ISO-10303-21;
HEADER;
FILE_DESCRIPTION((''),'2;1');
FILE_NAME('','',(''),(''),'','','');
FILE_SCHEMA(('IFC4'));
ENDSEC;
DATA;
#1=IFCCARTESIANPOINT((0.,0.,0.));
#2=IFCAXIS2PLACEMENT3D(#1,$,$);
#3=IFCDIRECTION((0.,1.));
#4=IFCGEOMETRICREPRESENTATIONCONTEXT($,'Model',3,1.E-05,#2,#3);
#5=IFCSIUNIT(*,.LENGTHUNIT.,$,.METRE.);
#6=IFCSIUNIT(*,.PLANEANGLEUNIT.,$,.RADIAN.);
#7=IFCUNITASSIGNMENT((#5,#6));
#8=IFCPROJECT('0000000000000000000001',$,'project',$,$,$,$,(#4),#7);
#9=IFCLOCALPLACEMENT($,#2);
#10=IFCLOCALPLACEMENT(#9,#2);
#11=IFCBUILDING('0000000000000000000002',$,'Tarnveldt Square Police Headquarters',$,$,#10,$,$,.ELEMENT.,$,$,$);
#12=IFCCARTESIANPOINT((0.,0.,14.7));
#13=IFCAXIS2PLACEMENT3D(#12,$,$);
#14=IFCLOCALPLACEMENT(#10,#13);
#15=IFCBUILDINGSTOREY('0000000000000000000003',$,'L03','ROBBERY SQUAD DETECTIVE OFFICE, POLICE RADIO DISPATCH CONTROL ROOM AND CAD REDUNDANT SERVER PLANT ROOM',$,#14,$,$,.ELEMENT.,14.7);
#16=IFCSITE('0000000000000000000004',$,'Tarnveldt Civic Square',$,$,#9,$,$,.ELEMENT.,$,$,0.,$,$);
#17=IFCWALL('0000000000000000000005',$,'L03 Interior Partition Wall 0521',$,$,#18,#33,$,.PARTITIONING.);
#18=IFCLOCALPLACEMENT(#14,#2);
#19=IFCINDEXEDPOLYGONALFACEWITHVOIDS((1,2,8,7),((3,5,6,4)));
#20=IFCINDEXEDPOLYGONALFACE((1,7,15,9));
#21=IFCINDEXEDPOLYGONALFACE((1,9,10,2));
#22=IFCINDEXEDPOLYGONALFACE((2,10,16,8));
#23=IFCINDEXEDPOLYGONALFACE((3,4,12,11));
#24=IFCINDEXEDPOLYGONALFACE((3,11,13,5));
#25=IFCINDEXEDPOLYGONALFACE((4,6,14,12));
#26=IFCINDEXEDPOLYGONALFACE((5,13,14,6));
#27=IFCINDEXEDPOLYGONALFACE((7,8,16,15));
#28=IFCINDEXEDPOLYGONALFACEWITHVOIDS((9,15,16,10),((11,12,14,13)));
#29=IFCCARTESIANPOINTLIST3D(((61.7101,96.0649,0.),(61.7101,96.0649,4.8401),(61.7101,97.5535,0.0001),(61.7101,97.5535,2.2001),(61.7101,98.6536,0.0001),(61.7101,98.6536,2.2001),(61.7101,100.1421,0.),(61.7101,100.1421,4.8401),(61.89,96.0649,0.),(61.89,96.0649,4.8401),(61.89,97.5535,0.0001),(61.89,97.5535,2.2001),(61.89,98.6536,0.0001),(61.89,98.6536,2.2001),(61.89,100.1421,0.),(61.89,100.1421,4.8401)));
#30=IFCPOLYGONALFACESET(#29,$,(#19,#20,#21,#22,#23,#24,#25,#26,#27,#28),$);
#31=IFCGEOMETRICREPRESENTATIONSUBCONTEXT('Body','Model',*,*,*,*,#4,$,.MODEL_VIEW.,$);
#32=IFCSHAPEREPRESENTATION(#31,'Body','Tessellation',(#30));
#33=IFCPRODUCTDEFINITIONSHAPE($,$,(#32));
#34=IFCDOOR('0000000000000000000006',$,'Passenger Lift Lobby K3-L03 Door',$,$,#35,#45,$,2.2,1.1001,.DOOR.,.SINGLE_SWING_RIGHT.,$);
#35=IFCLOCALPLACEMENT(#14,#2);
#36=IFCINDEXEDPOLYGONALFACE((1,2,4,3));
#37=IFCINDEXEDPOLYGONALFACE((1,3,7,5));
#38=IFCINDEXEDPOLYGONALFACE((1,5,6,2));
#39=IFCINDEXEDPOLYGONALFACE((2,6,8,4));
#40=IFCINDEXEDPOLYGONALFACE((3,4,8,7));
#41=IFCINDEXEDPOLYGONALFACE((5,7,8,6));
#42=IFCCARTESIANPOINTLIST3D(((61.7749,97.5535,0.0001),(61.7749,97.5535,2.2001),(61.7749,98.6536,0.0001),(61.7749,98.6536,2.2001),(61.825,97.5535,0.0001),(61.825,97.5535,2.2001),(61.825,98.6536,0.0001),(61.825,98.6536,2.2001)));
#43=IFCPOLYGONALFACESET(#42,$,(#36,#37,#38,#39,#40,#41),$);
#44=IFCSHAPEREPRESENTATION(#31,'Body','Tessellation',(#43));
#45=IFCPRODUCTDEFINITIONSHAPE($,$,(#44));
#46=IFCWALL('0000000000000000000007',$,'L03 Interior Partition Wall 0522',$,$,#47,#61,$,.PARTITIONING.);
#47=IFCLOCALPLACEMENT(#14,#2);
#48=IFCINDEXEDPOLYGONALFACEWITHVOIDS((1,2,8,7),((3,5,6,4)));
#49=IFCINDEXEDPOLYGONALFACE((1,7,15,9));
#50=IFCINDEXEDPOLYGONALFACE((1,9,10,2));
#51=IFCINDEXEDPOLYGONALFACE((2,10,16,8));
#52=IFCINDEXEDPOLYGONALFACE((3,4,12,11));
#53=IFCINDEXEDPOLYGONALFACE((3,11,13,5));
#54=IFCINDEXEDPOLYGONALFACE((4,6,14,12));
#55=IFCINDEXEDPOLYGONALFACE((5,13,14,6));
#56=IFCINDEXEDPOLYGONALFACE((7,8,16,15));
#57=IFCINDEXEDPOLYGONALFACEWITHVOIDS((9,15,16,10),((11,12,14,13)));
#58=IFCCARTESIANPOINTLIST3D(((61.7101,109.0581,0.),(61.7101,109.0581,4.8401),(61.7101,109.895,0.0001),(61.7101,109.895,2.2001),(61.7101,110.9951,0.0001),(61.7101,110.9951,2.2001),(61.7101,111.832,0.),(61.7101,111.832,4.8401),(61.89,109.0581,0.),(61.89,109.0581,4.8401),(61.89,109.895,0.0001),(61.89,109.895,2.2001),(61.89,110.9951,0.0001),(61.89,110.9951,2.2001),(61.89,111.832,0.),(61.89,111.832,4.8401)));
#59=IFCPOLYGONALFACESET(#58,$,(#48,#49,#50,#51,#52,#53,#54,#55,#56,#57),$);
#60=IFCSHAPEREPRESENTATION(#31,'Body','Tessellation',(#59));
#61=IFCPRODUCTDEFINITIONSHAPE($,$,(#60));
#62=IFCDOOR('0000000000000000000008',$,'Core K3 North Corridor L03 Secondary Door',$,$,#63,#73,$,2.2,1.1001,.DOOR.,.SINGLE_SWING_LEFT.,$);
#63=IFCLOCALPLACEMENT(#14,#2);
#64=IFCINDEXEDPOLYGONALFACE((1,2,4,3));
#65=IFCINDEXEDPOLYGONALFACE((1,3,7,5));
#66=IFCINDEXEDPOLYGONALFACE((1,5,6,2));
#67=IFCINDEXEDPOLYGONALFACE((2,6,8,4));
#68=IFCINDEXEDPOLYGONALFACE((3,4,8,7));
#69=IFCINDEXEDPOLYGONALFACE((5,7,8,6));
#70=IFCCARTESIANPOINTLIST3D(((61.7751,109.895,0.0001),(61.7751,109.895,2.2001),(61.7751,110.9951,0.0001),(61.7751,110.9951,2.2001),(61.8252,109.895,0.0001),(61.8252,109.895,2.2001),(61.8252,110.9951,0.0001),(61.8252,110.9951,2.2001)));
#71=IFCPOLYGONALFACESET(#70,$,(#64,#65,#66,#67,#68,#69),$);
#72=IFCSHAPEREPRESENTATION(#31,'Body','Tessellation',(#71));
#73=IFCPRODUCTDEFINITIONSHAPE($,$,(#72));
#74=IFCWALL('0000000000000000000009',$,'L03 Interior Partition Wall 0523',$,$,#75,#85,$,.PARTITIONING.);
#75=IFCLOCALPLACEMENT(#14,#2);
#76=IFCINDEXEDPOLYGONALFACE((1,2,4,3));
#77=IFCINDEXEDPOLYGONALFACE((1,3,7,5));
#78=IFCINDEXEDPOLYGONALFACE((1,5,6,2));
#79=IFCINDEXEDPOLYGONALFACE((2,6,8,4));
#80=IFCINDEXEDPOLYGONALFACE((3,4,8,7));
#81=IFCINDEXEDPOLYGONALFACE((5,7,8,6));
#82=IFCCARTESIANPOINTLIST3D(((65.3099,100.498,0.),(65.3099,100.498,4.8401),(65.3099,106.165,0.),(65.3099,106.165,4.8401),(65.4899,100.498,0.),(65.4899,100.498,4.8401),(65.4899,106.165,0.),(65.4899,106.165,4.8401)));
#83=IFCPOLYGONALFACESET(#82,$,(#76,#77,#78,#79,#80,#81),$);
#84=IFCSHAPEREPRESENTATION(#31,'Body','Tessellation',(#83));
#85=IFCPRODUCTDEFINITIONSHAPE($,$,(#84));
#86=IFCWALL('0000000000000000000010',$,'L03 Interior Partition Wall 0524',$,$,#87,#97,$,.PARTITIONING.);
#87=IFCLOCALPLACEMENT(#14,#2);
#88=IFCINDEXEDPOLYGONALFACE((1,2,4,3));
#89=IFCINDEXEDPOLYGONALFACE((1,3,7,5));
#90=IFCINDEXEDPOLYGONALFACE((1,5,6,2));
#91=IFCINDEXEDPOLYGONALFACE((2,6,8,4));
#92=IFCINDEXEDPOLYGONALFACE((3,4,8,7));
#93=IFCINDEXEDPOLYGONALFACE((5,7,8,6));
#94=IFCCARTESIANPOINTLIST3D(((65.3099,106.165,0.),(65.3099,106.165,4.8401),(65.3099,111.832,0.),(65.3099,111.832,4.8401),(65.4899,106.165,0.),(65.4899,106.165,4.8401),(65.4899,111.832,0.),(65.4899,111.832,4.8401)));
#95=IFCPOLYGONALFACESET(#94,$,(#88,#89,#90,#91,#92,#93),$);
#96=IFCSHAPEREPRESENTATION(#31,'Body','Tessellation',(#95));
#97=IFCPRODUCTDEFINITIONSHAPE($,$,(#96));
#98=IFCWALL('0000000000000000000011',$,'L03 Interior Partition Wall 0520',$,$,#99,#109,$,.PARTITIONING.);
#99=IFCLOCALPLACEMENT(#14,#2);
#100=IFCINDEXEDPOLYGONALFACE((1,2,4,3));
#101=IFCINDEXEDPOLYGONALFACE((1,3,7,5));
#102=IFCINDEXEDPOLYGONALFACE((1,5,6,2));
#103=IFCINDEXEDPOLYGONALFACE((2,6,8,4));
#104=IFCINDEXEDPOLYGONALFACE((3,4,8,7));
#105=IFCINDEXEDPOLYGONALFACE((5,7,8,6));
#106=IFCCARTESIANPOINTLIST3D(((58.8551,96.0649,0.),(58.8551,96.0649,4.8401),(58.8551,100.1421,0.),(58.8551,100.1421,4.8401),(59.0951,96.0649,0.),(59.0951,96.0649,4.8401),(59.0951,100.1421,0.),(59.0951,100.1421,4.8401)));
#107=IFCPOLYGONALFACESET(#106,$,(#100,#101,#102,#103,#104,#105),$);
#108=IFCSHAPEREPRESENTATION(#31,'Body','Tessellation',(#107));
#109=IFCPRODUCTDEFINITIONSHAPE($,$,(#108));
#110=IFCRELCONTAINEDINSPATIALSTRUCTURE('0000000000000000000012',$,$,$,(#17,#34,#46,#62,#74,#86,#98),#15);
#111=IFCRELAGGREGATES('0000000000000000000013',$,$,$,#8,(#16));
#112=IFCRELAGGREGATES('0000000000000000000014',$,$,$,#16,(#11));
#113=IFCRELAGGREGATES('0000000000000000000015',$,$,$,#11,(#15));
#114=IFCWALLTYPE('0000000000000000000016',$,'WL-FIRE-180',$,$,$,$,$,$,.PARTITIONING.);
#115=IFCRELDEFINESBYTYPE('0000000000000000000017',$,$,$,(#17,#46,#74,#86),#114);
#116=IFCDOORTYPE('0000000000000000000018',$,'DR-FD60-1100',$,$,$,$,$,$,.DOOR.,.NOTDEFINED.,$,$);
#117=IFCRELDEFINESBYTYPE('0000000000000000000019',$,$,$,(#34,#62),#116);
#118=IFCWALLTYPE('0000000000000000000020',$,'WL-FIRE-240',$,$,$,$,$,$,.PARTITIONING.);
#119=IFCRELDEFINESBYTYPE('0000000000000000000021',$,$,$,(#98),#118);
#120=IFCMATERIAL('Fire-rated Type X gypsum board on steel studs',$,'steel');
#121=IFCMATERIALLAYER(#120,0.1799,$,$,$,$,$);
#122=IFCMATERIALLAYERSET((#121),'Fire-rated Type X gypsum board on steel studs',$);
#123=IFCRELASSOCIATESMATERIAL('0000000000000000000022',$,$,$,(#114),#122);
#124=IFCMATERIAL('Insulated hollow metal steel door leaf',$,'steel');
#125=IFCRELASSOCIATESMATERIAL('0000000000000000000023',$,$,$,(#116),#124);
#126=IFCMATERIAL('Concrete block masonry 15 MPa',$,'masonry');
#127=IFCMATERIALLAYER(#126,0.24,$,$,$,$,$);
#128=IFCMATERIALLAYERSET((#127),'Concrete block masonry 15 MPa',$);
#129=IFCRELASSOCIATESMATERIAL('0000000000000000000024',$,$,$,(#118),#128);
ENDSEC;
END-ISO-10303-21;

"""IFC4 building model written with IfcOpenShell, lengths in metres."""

from ifc_helpers import new_model, si_unit, direction, frame, frame_2d, origin, place, context, subcontext, project, spatial, rectangle, extrude, material, layer, layer_set, type_object, element, fill, save


model = new_model("IFC4")

# Units and contexts
model_context = context("Model", 3, precision=1e-05, world=origin(), true_north=direction((0.0, 1.0)))
body_context = subcontext(model_context, "Body", "Model", "MODEL_VIEW")
ifc_project = project(units=[si_unit("LENGTHUNIT", "METRE"), si_unit("PLANEANGLEUNIT", "RADIAN")], contexts=[model_context])

# Site, building, storey
site_placement = place(None, origin())
site = spatial("IfcSite", under=ifc_project, at=site_placement, Name="Tarnveldt Civic Square", CompositionType="ELEMENT", RefElevation=0.0)
building_placement = place(site_placement, origin())
building = spatial("IfcBuilding", under=site, at=building_placement, Name="Tarnveldt Square Police Headquarters", CompositionType="ELEMENT")
storey_placement = place(building_placement, frame((0.0, 0.0, 14.7)))
storey = spatial("IfcBuildingStorey", under=building, at=storey_placement, Name="L03", Description="ROBBERY SQUAD DETECTIVE OFFICE, POLICE RADIO DISPATCH CONTROL ROOM AND CAD REDUNDANT SERVER PLANT ROOM", CompositionType="ELEMENT", Elevation=14.7)

# Walls, openings, doors
ifc_material_1 = material(Name="Fire-rated Type X gypsum board on steel studs", Category="steel")
ifc_layer_1 = layer(ifc_material_1, 0.1799)
ifc_layer_set_1 = layer_set([ifc_layer_1], Name="Fire-rated Type X gypsum board on steel studs")
wall_type_1 = type_object("IfcWallType", Name="WL-FIRE-180", PredefinedType="PARTITIONING", material=ifc_layer_set_1)
ifc_material_2 = material(Name="Insulated hollow metal steel door leaf", Category="steel")
wall_1_placement = place(storey_placement, frame((61.8, 96.0649, 0.0), z_axis=(0.0, 0.0, 1.0), x_axis=(0.0, 1.0, 0.0)))
wall_1 = element("IfcWall", 1, at=wall_1_placement, inside=storey, type_object=wall_type_1, Name="L03 Interior Partition Wall 0521", PredefinedType="PARTITIONING", context=body_context, shape_type="SweptSolid", body=[
    extrude(rectangle(XDim=4.0771, YDim=0.1799, at=frame_2d((2.0386, 0.0))), origin(), (0.0, 0.0, 1.0), 4.8401),
])
opening_1_placement = place(wall_1_placement, frame((1.4885, 0.0, 0.0)))
opening_1 = element("IfcOpeningElement", 2, at=opening_1_placement, cuts=wall_1, PredefinedType="OPENING", context=body_context, shape_type="SweptSolid", body=[
    extrude(rectangle(XDim=1.1001, YDim=2.2, at=frame_2d((0.55, 1.1001))), frame((0.0, 0.0999, 0.0), z_axis=(0.0, -1.0, 0.0), x_axis=(1.0, 0.0, 0.0)), (0.0, 0.0, 1.0), 0.2),
])
door_type_1 = type_object("IfcDoorType", Name="DR-FD60-1100", OperationType="NOTDEFINED", PredefinedType="DOOR", material=ifc_material_2)
door_1_placement = place(opening_1_placement, frame((1.1001, 0.0, 0.0), z_axis=(0.0, 0.0, 1.0), x_axis=(-1.0, 0.0, 0.0)))
door_1 = element("IfcDoor", 3, at=door_1_placement, inside=storey, type_object=door_type_1, Name="Passenger Lift Lobby K3-L03 Door", OperationType="SINGLE_SWING_RIGHT", OverallHeight=2.2, OverallWidth=1.1001, PredefinedType="DOOR", context=body_context, shape_type="SweptSolid", body=[
    extrude(rectangle(XDim=1.1001, YDim=2.2, at=frame_2d((0.55, 1.1001))), frame((0.0, 0.0249, 0.0), z_axis=(0.0, -1.0, 0.0), x_axis=(1.0, 0.0, 0.0)), (0.0, 0.0, 1.0), 0.05),
])
fill(opening_1, door_1)
wall_2_placement = place(storey_placement, frame((61.8, 109.0581, 0.0), z_axis=(0.0, 0.0, 1.0), x_axis=(0.0, 1.0, 0.0)))
wall_2 = element("IfcWall", 4, at=wall_2_placement, inside=storey, type_object=wall_type_1, Name="L03 Interior Partition Wall 0522", PredefinedType="PARTITIONING", context=body_context, shape_type="SweptSolid", body=[
    extrude(rectangle(XDim=2.7739, YDim=0.1799, at=frame_2d((1.387, 0.0))), origin(), (0.0, 0.0, 1.0), 4.8401),
])
opening_2_placement = place(wall_2_placement, frame((0.8369, 0.0, 0.0)))
opening_2 = element("IfcOpeningElement", 5, at=opening_2_placement, cuts=wall_2, PredefinedType="OPENING", context=body_context, shape_type="SweptSolid", body=[
    extrude(rectangle(XDim=1.1001, YDim=2.2, at=frame_2d((0.55, 1.1001))), frame((0.0, 0.0999, 0.0), z_axis=(0.0, -1.0, 0.0), x_axis=(1.0, 0.0, 0.0)), (0.0, 0.0, 1.0), 0.2),
])
door_2_placement = place(opening_2_placement, origin())
door_2 = element("IfcDoor", 6, at=door_2_placement, inside=storey, type_object=door_type_1, Name="Core K3 North Corridor L03 Secondary Door", OperationType="SINGLE_SWING_LEFT", OverallHeight=2.2, OverallWidth=1.1001, PredefinedType="DOOR", context=body_context, shape_type="SweptSolid", body=[
    extrude(rectangle(XDim=1.1001, YDim=2.2, at=frame_2d((0.55, 1.1001))), frame((0.0, 0.0249, 0.0), z_axis=(0.0, -1.0, 0.0), x_axis=(1.0, 0.0, 0.0)), (0.0, 0.0, 1.0), 0.05),
])
fill(opening_2, door_2)

# Walls
for number, where, z_axis, x_axis, name in (
    (7, (65.3999, 100.498, 0.0), (0.0, 0.0, 1.0), (0.0, 1.0, 0.0), "L03 Interior Partition Wall 0523"),
    (8, (65.3999, 106.165, 0.0), (0.0, 0.0, 1.0), (0.0, 1.0, 0.0), "L03 Interior Partition Wall 0524"),
):
    element("IfcWall", number, at=place(storey_placement, frame(where, z_axis=z_axis, x_axis=x_axis)), inside=storey, type_object=wall_type_1, Name=name, PredefinedType="PARTITIONING", context=body_context, shape_type="SweptSolid", body=[
        extrude(rectangle(XDim=5.667, YDim=0.1799, at=frame_2d((2.8335, 0.0))), origin(), (0.0, 0.0, 1.0), 4.8401),
    ])
ifc_material_3 = material(Name="Concrete block masonry 15 MPa", Category="masonry")
ifc_layer_2 = layer(ifc_material_3, 0.24)
ifc_layer_set_2 = layer_set([ifc_layer_2], Name="Concrete block masonry 15 MPa")
wall_type_2 = type_object("IfcWallType", Name="WL-FIRE-240", PredefinedType="PARTITIONING", material=ifc_layer_set_2)
wall_3_placement = place(storey_placement, frame((58.9751, 96.0649, 0.0), z_axis=(0.0, 0.0, 1.0), x_axis=(0.0, 1.0, 0.0)))
element("IfcWall", 9, at=wall_3_placement, inside=storey, type_object=wall_type_2, Name="L03 Interior Partition Wall 0520", PredefinedType="PARTITIONING", context=body_context, shape_type="SweptSolid", body=[
    extrude(rectangle(XDim=4.0771, YDim=0.24, at=frame_2d((2.0386, 0.0))), origin(), (0.0, 0.0, 1.0), 4.8401),
])

save(model, "model.ifc")
